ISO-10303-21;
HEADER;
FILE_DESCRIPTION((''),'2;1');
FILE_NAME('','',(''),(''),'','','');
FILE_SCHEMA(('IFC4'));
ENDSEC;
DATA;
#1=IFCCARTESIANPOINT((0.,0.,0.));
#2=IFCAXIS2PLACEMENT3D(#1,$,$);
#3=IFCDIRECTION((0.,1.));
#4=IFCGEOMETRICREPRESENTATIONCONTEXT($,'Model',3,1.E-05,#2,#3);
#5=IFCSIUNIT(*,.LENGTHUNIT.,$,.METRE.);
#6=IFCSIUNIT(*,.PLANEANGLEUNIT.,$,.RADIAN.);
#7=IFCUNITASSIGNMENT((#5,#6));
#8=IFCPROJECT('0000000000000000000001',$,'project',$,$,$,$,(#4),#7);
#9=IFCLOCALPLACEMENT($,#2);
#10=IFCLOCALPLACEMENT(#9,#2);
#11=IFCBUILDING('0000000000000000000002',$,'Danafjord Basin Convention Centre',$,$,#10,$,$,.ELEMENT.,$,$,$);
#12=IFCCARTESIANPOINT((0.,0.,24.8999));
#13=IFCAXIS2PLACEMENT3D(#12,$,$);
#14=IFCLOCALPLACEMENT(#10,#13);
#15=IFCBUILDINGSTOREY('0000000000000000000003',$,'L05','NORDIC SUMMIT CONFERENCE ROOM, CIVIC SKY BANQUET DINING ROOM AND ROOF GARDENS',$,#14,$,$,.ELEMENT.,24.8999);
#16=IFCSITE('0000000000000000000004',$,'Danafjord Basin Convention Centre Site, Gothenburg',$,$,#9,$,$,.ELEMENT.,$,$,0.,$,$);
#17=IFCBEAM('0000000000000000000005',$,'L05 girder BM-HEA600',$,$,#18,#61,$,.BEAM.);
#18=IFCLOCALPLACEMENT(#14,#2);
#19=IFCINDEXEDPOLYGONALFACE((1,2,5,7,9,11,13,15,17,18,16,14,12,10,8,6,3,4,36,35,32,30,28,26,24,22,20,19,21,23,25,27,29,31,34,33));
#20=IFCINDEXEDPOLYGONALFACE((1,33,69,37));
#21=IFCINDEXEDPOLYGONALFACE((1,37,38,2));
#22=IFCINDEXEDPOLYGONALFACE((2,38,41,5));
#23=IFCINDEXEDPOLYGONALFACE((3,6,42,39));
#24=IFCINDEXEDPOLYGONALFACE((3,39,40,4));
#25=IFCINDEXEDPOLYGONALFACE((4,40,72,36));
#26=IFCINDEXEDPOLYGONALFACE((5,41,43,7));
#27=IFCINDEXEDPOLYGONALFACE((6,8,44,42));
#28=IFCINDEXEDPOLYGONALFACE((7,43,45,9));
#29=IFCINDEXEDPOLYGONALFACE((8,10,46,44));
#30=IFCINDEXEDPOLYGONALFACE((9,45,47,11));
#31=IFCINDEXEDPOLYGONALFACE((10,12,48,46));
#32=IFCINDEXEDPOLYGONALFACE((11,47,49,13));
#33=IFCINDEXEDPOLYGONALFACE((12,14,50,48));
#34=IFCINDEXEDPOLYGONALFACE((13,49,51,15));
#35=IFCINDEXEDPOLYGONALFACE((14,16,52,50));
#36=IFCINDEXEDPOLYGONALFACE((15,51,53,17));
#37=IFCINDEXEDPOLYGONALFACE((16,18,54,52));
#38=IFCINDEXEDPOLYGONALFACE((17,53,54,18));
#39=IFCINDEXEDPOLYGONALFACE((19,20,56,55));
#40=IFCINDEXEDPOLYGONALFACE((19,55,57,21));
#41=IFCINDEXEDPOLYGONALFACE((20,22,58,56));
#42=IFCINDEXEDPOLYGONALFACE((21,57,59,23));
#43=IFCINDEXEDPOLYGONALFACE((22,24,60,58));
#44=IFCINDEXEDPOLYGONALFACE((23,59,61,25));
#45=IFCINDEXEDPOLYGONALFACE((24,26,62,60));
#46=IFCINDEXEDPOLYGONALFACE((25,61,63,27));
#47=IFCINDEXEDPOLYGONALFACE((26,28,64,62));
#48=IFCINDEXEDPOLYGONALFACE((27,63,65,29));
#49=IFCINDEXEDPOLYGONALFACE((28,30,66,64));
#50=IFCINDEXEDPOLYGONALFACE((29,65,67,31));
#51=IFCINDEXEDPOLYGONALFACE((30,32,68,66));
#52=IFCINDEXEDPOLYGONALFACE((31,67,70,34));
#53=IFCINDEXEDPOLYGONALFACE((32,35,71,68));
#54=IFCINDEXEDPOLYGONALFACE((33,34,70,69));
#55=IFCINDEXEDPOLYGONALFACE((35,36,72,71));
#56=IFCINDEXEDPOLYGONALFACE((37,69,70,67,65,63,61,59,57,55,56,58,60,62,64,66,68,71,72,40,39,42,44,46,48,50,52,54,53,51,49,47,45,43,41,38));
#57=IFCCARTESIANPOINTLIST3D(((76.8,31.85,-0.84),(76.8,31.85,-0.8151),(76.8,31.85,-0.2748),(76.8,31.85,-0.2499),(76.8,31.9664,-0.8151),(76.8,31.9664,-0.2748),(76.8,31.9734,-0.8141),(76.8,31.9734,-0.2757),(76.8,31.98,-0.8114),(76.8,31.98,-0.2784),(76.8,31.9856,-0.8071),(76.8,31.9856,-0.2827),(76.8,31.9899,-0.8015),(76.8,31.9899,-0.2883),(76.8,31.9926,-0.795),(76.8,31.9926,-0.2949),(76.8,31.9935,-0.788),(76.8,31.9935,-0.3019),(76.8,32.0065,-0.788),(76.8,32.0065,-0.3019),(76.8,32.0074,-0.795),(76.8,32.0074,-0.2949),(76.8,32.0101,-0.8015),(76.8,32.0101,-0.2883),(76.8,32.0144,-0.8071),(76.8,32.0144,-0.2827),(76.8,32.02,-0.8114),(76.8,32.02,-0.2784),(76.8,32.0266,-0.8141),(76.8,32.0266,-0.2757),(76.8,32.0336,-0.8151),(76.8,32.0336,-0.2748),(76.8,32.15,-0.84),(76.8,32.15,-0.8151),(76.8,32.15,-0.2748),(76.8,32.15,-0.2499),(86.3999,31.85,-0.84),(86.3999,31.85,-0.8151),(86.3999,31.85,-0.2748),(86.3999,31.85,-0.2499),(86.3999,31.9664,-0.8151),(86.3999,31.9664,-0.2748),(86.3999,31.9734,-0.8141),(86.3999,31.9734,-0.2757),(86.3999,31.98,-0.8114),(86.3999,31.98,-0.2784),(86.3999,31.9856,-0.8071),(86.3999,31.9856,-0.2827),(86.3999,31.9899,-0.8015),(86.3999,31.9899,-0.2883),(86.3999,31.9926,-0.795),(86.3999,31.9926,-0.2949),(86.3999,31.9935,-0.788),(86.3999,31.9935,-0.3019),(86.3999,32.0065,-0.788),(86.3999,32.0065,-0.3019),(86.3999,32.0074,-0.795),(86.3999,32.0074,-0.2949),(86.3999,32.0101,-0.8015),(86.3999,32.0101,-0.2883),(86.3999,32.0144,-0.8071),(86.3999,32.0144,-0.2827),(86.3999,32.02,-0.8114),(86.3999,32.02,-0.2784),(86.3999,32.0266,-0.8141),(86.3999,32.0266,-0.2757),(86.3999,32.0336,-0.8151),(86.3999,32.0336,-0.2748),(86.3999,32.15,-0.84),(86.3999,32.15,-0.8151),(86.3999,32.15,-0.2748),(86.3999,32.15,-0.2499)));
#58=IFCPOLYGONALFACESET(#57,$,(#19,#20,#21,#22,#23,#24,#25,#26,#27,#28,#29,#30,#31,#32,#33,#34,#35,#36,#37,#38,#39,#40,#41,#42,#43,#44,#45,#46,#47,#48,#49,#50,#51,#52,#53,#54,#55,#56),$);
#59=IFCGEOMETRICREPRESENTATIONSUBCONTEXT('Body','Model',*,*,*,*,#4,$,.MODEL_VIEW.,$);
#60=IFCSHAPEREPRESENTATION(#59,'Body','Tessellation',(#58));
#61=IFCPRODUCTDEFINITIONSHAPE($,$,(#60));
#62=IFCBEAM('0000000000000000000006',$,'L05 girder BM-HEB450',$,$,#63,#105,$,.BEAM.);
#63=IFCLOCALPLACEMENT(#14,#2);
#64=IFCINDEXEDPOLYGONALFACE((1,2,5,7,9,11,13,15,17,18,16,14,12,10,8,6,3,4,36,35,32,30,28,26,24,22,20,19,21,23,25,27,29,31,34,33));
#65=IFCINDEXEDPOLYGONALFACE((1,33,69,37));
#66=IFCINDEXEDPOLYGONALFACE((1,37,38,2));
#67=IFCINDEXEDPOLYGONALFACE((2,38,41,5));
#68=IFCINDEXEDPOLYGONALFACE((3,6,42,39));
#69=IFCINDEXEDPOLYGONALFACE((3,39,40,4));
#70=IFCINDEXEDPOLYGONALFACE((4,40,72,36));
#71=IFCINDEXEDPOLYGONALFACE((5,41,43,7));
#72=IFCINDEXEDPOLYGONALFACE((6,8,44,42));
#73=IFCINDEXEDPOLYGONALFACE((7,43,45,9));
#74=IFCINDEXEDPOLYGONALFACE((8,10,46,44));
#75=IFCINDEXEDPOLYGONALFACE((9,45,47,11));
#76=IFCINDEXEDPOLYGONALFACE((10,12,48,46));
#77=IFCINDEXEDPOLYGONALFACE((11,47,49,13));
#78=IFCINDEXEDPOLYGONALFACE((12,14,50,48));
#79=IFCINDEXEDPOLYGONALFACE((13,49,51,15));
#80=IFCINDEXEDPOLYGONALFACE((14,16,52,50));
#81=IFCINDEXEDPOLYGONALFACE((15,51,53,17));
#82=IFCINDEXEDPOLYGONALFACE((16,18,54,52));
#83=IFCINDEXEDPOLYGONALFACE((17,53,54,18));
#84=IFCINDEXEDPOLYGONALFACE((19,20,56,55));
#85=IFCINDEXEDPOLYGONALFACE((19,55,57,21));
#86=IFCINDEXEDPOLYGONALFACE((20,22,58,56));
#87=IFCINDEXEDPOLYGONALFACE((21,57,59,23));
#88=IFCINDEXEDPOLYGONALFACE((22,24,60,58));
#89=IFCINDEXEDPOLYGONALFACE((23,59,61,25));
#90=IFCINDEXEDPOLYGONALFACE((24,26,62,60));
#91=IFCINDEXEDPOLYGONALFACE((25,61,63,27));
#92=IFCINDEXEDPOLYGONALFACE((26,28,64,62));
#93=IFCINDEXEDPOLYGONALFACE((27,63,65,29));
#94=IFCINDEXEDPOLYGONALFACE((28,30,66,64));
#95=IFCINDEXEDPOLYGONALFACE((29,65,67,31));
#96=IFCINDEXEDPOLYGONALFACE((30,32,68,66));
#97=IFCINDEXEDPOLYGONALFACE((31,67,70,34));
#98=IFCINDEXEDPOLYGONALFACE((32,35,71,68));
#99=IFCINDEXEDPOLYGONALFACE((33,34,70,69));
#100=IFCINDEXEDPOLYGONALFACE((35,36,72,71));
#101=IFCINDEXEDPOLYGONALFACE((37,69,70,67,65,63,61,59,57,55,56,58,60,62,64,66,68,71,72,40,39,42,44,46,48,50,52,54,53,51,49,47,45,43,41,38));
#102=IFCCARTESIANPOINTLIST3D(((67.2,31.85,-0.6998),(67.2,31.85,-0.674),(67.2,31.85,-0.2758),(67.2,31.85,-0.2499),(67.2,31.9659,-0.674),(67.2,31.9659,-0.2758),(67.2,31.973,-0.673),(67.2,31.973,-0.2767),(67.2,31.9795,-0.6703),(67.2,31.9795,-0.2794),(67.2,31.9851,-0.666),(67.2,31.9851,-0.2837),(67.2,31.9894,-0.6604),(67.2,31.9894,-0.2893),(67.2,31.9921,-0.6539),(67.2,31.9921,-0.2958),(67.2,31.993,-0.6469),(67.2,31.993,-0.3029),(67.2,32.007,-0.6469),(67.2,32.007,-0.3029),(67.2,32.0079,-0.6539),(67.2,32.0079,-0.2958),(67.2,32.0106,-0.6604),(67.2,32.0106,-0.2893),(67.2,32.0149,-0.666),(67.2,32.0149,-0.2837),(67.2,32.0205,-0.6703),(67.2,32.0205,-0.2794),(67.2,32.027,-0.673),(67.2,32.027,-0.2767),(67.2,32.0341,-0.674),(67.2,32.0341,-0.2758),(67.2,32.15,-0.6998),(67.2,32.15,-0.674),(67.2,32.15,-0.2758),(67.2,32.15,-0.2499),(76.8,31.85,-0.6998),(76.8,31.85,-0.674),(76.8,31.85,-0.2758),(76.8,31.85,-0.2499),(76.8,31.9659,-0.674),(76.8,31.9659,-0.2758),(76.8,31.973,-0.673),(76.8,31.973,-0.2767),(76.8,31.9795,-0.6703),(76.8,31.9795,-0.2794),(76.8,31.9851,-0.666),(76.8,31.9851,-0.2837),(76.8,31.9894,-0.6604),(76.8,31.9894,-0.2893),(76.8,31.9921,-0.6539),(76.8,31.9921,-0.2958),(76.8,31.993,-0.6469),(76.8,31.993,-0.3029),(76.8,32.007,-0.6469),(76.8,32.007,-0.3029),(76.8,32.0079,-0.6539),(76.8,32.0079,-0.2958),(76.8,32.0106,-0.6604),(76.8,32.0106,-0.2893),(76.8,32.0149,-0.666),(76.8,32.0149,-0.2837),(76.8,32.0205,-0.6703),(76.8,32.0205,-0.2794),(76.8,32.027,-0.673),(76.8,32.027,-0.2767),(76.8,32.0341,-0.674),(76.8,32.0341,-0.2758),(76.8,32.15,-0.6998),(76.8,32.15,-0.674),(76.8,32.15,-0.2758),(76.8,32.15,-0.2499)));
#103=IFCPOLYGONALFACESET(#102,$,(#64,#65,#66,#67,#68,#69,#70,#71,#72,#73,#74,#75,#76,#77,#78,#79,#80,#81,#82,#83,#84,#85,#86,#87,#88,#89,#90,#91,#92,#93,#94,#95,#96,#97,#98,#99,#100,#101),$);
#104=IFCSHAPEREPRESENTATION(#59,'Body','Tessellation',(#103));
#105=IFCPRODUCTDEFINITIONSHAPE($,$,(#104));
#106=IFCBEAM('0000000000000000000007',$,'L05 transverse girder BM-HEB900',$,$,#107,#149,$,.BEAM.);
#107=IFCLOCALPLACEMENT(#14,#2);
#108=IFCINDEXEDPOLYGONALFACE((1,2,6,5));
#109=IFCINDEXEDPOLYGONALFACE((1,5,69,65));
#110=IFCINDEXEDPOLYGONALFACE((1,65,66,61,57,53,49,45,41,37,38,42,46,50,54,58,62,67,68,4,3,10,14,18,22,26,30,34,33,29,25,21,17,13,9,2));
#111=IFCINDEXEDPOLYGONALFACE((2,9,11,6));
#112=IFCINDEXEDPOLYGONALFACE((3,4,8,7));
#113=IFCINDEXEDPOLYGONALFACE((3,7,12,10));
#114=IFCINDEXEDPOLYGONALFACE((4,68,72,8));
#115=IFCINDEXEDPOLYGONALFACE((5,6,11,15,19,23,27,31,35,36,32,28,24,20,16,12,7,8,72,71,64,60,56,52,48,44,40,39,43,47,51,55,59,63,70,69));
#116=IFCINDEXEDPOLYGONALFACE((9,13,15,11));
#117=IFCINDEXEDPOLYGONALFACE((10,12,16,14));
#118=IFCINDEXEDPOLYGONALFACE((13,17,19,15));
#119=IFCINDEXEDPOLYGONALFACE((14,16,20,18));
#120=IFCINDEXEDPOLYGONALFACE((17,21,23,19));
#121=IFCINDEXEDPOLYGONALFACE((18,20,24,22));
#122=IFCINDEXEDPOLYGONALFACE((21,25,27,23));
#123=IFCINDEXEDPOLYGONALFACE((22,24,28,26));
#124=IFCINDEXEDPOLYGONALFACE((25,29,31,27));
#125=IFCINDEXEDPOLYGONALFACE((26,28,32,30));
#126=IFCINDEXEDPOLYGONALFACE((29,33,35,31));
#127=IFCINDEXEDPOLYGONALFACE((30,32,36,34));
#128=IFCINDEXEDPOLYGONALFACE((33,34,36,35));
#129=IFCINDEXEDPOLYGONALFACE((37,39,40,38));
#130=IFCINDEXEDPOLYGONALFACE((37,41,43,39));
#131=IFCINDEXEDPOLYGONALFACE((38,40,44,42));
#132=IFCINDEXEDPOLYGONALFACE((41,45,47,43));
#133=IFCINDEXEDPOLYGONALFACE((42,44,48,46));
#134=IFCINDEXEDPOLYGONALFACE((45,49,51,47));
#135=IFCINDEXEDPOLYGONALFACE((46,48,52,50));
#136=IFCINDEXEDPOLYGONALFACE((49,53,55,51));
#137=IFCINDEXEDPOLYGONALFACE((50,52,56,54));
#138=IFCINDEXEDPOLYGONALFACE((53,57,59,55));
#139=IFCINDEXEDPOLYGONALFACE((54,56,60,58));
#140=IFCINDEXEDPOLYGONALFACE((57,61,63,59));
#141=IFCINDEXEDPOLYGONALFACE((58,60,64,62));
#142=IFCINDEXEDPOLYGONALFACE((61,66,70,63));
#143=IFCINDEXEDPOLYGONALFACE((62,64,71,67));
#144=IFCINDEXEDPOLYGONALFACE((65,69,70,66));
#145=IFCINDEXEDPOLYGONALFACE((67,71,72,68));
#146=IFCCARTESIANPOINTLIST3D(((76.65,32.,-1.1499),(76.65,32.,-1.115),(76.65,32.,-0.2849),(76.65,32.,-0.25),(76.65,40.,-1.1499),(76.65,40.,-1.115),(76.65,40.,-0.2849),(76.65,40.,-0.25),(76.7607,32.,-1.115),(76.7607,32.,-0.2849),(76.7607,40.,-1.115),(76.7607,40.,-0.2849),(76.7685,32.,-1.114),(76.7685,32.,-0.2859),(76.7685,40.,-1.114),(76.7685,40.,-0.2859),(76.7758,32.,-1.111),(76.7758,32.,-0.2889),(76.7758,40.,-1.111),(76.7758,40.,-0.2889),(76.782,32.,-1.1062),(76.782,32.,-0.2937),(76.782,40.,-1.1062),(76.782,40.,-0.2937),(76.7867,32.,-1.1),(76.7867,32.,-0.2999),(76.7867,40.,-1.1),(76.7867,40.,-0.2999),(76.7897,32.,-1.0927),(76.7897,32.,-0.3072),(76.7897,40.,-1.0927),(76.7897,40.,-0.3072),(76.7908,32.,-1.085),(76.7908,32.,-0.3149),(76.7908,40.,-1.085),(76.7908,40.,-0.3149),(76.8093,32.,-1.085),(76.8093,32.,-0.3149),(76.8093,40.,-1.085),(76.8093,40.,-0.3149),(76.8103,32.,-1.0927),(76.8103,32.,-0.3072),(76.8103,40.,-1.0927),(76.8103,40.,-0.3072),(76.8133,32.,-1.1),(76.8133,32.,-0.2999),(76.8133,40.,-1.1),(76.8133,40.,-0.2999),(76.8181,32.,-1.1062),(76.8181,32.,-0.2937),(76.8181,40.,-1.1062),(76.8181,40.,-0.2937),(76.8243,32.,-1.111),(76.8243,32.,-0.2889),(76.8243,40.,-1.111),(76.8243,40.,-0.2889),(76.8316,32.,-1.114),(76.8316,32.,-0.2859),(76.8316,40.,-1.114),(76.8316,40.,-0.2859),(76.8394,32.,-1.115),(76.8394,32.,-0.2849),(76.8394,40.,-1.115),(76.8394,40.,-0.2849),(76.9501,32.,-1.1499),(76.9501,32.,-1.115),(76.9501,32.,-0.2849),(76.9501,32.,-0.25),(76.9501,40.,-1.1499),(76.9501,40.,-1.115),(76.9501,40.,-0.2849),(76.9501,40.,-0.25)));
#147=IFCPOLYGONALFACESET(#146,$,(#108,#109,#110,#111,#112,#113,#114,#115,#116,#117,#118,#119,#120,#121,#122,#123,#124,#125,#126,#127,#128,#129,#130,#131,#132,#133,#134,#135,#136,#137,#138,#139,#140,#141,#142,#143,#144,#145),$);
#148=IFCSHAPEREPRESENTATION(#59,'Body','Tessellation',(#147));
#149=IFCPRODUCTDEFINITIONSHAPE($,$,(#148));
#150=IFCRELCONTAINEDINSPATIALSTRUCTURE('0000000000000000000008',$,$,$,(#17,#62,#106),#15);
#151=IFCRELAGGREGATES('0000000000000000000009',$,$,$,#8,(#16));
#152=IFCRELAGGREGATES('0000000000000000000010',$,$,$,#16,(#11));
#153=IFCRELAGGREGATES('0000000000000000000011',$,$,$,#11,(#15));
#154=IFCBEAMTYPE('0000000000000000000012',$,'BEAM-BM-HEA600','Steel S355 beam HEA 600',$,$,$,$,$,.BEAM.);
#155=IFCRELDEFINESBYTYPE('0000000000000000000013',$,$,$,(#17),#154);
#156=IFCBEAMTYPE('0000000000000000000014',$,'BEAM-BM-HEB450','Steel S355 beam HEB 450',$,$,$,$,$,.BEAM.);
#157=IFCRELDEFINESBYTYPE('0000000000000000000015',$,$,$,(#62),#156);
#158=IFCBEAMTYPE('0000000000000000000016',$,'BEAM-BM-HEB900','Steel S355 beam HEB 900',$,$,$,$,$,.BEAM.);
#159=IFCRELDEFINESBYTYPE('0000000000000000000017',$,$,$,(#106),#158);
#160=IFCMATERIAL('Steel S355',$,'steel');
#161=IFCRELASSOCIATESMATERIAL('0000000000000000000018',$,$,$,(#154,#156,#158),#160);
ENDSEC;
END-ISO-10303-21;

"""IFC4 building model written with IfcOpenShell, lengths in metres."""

from ifc_helpers import new_model, si_unit, direction, frame, origin, origin_2d, place, context, subcontext, project, spatial, i_section, extrude, material, material_profile, profile_set, type_object, element, save


model = new_model("IFC4")

# Units and contexts
model_context = context("Model", 3, precision=1e-05, world=origin(), true_north=direction((0.0, 1.0)))
body_context = subcontext(model_context, "Body", "Model", "MODEL_VIEW")
ifc_project = project(units=[si_unit("LENGTHUNIT", "METRE"), si_unit("PLANEANGLEUNIT", "RADIAN")], contexts=[model_context])

# Site, building, storey
site_placement = place(None, origin())
site = spatial("IfcSite", under=ifc_project, at=site_placement, Name="Danafjord Basin Convention Centre Site, Gothenburg", CompositionType="ELEMENT", RefElevation=0.0)
building_placement = place(site_placement, origin())
building = spatial("IfcBuilding", under=site, at=building_placement, Name="Danafjord Basin Convention Centre", CompositionType="ELEMENT")
storey_placement = place(building_placement, frame((0.0, 0.0, 24.8999)))
storey = spatial("IfcBuildingStorey", under=building, at=storey_placement, Name="L05", Description="NORDIC SUMMIT CONFERENCE ROOM, CIVIC SKY BANQUET DINING ROOM AND ROOF GARDENS", CompositionType="ELEMENT", Elevation=24.8999)

# Shared definitions
ifc_material_1 = material(Name="Steel S355", Category="steel")

# Beams
ifc_material_profile_1 = material_profile(ifc_material_1, i_section(OverallWidth=0.3, OverallDepth=0.5901, WebThickness=0.0129, FlangeThickness=0.0249, FilletRadius=0.0271, at=origin_2d()), Name="HEA 600")
ifc_profile_set_1 = profile_set([ifc_material_profile_1], Name="Steel S355")
beam_type_1 = type_object("IfcBeamType", Name="BEAM-BM-HEA600", Description="Steel S355 beam HEA 600", PredefinedType="BEAM", material=ifc_profile_set_1)
beam_1_placement = place(storey_placement, frame((76.8, 32.0, -0.5449), z_axis=(1.0, 0.0, 0.0), x_axis=(0.0, 1.0, 0.0)))
element("IfcBeam", 1, at=beam_1_placement, inside=storey, type_object=beam_type_1, Name="L05 girder BM-HEA600", PredefinedType="BEAM", context=body_context, shape_type="SweptSolid", body=[
    extrude(i_section(OverallWidth=0.3, OverallDepth=0.5901, WebThickness=0.0129, FlangeThickness=0.0249, FilletRadius=0.0271, at=origin_2d()), origin(), (0.0, 0.0, 1.0), 9.5999),
])
ifc_material_profile_2 = material_profile(ifc_material_1, i_section(OverallWidth=0.3, OverallDepth=0.45, WebThickness=0.0139, FlangeThickness=0.0259, FilletRadius=0.0271, at=origin_2d()), Name="HEB 450")
ifc_profile_set_2 = profile_set([ifc_material_profile_2], Name="Steel S355")
beam_type_2 = type_object("IfcBeamType", Name="BEAM-BM-HEB450", Description="Steel S355 beam HEB 450", PredefinedType="BEAM", material=ifc_profile_set_2)
beam_2_placement = place(storey_placement, frame((67.2, 32.0, -0.4749), z_axis=(1.0, 0.0, 0.0), x_axis=(0.0, 1.0, 0.0)))
element("IfcBeam", 2, at=beam_2_placement, inside=storey, type_object=beam_type_2, Name="L05 girder BM-HEB450", PredefinedType="BEAM", context=body_context, shape_type="SweptSolid", body=[
    extrude(i_section(OverallWidth=0.3, OverallDepth=0.45, WebThickness=0.0139, FlangeThickness=0.0259, FilletRadius=0.0271, at=origin_2d()), origin(), (0.0, 0.0, 1.0), 9.6001),
])
ifc_material_profile_3 = material_profile(ifc_material_1, i_section(OverallWidth=0.3, OverallDepth=0.8999, WebThickness=0.0186, FlangeThickness=0.0349, FilletRadius=0.03, at=origin_2d()), Name="HEB 900")
ifc_profile_set_3 = profile_set([ifc_material_profile_3], Name="Steel S355")
beam_type_3 = type_object("IfcBeamType", Name="BEAM-BM-HEB900", Description="Steel S355 beam HEB 900", PredefinedType="BEAM", material=ifc_profile_set_3)
beam_3_placement = place(storey_placement, frame((76.8, 32.0, -0.7), z_axis=(0.0, 1.0, 0.0), x_axis=(-1.0, 0.0, 0.0)))
element("IfcBeam", 3, at=beam_3_placement, inside=storey, type_object=beam_type_3, Name="L05 transverse girder BM-HEB900", PredefinedType="BEAM", context=body_context, shape_type="SweptSolid", body=[
    extrude(i_section(OverallWidth=0.3, OverallDepth=0.8999, WebThickness=0.0186, FlangeThickness=0.0349, FilletRadius=0.03, at=origin_2d()), origin(), (0.0, 0.0, 1.0), 8.0),
])

save(model, "model.ifc")
